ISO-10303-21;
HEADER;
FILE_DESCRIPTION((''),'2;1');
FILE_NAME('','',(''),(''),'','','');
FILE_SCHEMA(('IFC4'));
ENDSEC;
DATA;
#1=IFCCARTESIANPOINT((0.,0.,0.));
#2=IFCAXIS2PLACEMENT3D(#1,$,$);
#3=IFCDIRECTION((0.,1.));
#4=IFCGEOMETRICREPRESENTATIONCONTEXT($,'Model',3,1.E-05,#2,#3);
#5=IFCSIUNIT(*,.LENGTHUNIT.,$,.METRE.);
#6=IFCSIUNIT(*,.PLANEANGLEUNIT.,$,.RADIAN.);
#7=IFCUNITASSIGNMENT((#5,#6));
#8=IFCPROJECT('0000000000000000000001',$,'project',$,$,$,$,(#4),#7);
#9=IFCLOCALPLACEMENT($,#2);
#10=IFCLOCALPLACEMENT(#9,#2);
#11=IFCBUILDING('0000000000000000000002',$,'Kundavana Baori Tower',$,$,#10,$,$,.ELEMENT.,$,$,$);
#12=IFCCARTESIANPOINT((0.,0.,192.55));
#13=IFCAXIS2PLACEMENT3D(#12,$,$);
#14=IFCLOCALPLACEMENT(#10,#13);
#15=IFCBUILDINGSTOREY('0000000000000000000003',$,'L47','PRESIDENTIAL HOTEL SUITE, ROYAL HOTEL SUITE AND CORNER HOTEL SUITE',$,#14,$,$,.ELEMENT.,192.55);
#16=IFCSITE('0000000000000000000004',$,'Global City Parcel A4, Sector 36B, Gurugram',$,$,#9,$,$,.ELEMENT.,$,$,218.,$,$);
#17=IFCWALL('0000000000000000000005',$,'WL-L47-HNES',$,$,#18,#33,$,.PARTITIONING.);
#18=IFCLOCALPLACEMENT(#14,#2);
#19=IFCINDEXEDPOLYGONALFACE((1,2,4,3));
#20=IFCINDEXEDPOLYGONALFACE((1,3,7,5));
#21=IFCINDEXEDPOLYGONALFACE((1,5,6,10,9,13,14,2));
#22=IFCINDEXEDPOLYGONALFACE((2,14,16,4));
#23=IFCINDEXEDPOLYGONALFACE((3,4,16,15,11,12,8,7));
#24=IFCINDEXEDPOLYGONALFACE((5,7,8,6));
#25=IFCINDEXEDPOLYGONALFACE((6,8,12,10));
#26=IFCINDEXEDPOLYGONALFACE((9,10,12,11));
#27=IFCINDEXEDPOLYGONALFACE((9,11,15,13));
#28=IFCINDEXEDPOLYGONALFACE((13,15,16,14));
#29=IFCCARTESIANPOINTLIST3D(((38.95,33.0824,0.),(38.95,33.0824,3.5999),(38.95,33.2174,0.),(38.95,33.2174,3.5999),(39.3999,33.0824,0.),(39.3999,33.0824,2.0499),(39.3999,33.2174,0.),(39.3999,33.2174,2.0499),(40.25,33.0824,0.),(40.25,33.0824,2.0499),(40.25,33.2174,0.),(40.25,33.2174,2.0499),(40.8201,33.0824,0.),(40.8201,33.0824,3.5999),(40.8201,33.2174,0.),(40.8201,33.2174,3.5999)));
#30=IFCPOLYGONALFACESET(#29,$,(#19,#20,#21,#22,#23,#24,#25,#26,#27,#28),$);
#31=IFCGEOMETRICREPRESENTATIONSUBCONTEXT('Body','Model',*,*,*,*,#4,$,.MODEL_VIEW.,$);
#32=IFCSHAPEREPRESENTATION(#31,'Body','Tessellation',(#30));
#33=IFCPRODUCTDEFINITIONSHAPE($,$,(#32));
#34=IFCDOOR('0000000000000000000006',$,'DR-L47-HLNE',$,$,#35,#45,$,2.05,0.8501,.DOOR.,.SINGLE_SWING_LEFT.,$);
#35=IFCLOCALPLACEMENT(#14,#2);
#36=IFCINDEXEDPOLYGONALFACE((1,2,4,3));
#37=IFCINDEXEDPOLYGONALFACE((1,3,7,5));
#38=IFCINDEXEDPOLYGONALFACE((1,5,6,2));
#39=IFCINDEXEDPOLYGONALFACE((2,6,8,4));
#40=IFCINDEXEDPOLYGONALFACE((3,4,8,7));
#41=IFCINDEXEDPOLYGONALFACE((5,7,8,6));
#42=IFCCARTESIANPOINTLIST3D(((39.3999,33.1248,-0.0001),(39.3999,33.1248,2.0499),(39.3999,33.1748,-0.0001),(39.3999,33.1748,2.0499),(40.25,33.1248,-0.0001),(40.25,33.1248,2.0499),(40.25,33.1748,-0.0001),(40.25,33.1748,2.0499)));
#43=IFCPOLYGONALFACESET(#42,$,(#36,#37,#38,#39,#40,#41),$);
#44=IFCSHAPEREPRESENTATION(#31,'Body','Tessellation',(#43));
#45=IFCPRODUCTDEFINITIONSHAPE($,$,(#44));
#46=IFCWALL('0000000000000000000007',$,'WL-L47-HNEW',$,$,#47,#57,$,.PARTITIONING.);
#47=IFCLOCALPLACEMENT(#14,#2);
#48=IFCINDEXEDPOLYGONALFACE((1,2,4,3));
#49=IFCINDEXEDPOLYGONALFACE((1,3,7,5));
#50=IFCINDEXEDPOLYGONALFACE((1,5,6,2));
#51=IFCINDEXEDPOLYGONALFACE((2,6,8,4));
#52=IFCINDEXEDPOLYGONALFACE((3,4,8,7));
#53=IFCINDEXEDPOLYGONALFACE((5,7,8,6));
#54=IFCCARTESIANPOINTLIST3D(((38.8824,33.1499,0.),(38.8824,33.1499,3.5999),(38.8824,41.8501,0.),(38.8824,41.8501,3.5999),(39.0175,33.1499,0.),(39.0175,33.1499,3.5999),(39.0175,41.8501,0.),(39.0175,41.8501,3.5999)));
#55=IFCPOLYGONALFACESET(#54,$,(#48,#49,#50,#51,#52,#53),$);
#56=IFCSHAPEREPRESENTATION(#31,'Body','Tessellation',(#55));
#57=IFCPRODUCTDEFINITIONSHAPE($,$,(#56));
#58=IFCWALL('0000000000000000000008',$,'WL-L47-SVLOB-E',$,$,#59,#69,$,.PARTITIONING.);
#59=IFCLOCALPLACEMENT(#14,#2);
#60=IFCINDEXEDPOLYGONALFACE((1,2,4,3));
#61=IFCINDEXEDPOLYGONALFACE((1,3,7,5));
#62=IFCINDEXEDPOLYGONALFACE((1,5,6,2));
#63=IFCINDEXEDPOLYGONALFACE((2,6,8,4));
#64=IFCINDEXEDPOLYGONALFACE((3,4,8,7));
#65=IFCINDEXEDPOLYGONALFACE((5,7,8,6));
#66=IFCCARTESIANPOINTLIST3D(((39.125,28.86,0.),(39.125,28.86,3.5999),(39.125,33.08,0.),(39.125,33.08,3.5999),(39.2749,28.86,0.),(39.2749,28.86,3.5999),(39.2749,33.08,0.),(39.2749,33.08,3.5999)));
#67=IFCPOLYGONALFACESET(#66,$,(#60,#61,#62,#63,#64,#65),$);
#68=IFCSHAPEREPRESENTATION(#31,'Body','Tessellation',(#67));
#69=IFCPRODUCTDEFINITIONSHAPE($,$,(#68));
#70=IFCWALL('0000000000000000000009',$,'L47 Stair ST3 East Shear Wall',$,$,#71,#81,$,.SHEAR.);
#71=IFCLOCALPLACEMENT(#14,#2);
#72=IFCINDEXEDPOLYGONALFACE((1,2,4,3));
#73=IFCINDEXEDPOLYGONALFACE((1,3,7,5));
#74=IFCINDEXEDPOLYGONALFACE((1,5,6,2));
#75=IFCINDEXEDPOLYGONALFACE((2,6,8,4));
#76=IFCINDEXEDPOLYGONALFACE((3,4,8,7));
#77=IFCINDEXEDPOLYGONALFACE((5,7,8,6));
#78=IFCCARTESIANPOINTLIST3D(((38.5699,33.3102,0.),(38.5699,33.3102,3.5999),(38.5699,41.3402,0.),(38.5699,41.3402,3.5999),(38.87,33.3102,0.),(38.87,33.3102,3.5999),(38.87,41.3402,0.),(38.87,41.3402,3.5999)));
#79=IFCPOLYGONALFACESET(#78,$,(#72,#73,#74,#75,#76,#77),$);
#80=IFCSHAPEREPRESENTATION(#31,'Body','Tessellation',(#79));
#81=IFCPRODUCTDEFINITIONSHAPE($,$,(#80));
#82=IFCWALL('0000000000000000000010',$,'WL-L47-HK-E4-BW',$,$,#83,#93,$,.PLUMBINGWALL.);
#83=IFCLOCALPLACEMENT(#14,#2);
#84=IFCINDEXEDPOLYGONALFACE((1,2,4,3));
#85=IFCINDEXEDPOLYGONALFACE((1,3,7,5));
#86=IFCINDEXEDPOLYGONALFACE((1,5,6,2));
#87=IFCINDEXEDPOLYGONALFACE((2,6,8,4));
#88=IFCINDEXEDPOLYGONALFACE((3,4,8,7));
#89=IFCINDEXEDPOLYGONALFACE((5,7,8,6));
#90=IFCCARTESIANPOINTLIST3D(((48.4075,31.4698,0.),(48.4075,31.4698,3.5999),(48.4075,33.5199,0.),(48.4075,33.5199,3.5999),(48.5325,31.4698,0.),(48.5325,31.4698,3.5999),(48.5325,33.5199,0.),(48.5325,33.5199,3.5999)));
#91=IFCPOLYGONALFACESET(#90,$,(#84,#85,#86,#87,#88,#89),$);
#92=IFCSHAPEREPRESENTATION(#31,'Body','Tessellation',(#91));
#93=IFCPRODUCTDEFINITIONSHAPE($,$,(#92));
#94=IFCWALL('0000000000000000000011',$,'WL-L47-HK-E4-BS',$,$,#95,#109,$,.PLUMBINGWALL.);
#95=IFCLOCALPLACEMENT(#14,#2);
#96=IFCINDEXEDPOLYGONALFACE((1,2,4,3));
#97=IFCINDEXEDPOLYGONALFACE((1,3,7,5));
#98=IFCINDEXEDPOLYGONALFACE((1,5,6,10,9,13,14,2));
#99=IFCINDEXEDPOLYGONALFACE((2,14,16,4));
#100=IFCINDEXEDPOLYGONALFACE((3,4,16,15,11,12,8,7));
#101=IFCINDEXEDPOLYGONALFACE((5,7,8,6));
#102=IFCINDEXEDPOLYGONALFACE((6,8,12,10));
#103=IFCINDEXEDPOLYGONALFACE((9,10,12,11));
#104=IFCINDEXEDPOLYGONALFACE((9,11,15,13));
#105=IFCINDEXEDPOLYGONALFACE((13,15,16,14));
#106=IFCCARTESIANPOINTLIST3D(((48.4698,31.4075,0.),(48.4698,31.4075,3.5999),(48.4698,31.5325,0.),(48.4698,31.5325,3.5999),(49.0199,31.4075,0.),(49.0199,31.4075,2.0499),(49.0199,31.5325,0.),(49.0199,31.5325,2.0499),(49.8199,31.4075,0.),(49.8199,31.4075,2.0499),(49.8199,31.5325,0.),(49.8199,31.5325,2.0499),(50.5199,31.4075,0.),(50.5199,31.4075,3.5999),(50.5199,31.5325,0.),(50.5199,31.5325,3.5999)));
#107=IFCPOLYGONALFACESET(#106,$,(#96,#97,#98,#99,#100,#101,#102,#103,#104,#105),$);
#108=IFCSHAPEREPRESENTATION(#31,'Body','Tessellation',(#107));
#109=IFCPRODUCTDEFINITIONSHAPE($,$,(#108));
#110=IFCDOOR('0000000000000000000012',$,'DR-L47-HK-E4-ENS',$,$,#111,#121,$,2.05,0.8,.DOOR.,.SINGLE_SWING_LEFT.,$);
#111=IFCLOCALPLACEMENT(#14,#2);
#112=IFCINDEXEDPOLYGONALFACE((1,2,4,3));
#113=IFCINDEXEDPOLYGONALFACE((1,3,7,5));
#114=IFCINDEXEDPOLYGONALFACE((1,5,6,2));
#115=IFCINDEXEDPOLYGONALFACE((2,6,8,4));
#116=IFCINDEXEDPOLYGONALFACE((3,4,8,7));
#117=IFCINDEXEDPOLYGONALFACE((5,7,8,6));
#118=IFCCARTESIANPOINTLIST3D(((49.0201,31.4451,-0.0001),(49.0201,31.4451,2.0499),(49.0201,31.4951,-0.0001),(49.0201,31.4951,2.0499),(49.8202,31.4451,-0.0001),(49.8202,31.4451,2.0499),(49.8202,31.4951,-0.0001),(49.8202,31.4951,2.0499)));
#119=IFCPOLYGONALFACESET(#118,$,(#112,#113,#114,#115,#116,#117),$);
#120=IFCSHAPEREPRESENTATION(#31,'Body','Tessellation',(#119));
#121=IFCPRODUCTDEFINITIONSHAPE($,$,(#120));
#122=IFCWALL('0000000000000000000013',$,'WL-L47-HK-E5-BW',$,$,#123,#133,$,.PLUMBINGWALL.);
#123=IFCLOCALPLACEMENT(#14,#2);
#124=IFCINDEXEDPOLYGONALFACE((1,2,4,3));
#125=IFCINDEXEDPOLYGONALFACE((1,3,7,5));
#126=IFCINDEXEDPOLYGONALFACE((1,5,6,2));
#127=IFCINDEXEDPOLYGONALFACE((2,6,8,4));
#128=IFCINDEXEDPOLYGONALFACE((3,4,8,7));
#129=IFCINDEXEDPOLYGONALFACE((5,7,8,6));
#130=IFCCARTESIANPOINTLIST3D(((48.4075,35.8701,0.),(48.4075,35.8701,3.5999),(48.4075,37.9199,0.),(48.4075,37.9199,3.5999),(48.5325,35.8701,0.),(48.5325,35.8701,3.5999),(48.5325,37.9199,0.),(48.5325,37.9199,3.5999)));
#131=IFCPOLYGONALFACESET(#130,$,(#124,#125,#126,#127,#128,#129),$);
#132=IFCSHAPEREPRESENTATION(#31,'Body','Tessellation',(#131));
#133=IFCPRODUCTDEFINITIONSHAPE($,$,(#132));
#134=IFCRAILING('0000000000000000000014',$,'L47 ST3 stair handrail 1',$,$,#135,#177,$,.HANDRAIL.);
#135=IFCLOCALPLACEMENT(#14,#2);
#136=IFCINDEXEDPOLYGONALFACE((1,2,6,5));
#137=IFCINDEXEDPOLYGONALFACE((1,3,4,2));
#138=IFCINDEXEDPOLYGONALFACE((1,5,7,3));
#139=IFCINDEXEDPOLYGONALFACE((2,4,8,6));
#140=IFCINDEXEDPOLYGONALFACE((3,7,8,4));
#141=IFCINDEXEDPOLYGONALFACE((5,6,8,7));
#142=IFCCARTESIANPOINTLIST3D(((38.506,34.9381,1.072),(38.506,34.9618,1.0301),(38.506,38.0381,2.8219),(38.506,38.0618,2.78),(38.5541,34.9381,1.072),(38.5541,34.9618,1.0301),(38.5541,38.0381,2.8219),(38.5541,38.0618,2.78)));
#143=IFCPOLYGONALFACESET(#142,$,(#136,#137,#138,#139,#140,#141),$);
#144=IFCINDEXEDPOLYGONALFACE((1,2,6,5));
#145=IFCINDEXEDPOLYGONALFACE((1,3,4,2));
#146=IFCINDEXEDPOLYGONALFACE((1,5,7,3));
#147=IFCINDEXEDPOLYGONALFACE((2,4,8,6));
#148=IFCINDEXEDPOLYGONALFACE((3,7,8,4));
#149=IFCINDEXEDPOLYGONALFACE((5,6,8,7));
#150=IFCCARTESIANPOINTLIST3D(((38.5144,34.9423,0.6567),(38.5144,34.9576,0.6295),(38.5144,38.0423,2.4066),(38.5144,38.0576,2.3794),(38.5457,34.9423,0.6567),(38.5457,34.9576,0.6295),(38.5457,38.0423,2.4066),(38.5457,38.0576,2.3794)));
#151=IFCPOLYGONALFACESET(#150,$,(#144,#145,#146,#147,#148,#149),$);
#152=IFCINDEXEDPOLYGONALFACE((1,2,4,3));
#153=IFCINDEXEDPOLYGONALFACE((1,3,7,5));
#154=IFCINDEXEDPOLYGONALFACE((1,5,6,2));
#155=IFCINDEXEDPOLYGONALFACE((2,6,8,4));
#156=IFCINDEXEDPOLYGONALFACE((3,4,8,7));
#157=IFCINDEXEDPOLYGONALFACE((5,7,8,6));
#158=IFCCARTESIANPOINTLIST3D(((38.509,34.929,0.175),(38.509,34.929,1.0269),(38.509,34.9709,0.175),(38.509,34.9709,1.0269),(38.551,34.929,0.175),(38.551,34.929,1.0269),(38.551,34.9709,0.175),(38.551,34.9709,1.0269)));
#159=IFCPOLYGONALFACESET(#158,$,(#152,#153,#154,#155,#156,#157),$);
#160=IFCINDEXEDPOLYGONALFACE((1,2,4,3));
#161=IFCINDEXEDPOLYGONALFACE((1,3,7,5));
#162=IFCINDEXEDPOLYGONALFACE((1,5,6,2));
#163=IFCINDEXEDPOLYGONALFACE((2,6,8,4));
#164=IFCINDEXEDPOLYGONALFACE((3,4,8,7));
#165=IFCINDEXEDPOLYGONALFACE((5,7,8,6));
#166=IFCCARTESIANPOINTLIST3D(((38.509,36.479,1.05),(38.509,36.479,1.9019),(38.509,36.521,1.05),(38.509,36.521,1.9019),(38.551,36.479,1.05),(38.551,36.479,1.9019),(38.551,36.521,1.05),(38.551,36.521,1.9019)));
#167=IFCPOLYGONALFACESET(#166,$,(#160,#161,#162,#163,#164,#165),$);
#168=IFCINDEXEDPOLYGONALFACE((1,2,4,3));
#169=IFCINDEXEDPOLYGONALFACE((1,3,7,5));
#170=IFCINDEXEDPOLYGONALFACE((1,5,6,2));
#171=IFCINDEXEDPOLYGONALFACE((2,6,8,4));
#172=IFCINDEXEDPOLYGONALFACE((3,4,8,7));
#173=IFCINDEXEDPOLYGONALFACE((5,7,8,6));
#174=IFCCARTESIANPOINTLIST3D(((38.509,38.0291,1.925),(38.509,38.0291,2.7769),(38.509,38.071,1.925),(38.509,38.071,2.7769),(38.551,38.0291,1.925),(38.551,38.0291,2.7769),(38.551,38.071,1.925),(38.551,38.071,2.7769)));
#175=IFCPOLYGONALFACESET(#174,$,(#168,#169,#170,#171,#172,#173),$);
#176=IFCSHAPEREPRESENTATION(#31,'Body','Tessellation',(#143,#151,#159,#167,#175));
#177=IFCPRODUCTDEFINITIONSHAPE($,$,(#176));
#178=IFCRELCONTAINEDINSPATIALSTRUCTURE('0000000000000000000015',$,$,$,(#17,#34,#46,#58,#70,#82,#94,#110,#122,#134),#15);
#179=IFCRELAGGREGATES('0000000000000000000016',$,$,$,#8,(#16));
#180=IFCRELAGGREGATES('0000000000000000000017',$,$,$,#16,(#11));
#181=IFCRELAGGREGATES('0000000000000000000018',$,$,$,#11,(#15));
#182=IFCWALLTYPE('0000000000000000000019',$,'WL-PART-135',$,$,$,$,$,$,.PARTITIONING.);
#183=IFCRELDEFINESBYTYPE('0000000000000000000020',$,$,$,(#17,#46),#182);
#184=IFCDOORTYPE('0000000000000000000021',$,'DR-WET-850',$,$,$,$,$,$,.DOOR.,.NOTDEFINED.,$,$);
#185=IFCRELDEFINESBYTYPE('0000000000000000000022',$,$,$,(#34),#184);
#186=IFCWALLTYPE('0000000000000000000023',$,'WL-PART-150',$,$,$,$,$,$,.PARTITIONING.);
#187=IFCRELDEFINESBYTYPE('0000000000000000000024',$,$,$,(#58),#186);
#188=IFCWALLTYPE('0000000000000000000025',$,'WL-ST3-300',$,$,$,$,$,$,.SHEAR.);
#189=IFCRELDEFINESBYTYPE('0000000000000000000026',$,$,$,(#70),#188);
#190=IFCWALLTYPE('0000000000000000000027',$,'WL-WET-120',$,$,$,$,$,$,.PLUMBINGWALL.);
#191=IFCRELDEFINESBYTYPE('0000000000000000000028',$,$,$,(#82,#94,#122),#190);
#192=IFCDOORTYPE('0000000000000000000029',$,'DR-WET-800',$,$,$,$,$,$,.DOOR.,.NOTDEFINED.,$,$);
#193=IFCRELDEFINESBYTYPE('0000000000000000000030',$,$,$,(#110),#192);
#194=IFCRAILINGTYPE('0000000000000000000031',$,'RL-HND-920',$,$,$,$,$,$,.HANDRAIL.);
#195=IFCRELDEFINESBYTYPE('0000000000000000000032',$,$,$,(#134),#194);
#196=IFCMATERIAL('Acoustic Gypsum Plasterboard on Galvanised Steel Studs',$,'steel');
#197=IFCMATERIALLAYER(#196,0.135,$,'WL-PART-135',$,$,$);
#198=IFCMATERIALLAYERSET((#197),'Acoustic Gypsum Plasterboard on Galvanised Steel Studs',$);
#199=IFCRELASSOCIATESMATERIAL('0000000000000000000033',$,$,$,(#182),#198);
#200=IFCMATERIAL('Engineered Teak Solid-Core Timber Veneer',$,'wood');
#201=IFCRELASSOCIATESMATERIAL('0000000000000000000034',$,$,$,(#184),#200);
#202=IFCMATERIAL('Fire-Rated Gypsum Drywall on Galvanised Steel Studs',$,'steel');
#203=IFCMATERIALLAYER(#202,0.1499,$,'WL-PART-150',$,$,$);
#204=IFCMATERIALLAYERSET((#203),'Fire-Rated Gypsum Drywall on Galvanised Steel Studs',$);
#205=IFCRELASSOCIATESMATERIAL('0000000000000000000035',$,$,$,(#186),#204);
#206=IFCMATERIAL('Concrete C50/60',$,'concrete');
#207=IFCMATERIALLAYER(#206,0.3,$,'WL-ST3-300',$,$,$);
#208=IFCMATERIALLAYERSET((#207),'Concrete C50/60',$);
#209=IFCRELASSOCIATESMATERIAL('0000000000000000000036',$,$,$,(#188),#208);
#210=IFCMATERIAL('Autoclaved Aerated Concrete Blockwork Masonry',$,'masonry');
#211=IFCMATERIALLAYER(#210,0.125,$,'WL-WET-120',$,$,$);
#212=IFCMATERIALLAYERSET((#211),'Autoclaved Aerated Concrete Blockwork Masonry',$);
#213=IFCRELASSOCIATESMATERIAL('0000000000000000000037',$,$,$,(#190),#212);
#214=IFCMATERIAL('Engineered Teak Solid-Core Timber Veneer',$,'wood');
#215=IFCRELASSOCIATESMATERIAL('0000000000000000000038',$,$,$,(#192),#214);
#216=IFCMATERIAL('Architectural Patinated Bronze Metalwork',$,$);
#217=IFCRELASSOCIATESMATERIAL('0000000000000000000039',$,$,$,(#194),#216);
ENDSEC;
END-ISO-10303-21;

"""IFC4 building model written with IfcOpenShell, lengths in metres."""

from ifc_helpers import new_model, si_unit, direction, frame, frame_2d, origin, origin_2d, place, context, subcontext, project, spatial, rectangle, extrude, material, layer, layer_set, type_object, element, fill, save


model = new_model("IFC4")

# Units and contexts
model_context = context("Model", 3, precision=1e-05, world=origin(), true_north=direction((0.0, 1.0)))
body_context = subcontext(model_context, "Body", "Model", "MODEL_VIEW")
ifc_project = project(units=[si_unit("LENGTHUNIT", "METRE"), si_unit("PLANEANGLEUNIT", "RADIAN")], contexts=[model_context])

# Site, building, storey
site_placement = place(None, origin())
site = spatial("IfcSite", under=ifc_project, at=site_placement, Name="Global City Parcel A4, Sector 36B, Gurugram", CompositionType="ELEMENT", RefElevation=218.0)
building_placement = place(site_placement, origin())
building = spatial("IfcBuilding", under=site, at=building_placement, Name="Kundavana Baori Tower", CompositionType="ELEMENT")
storey_placement = place(building_placement, frame((0.0, 0.0, 192.55)))
storey = spatial("IfcBuildingStorey", under=building, at=storey_placement, Name="L47", Description="PRESIDENTIAL HOTEL SUITE, ROYAL HOTEL SUITE AND CORNER HOTEL SUITE", CompositionType="ELEMENT", Elevation=192.55)

# Shared definitions
ifc_material_1 = material(Name="Acoustic Gypsum Plasterboard on Galvanised Steel Studs", Category="steel")
ifc_layer_1 = layer(ifc_material_1, 0.135, Name="WL-PART-135")
ifc_layer_set_1 = layer_set([ifc_layer_1], Name="Acoustic Gypsum Plasterboard on Galvanised Steel Studs")
wall_type_1 = type_object("IfcWallType", Name="WL-PART-135", PredefinedType="PARTITIONING", material=ifc_layer_set_1)

# Wall, opening, door
wall_1_placement = place(storey_placement, frame((38.95, 33.1499, 0.0), z_axis=(0.0, 0.0, 1.0), x_axis=(1.0, 0.0, 0.0)))
wall_1 = element("IfcWall", 1, at=wall_1_placement, inside=storey, type_object=wall_type_1, Name="WL-L47-HNES", PredefinedType="PARTITIONING", context=body_context, shape_type="SweptSolid", body=[
    extrude(rectangle(XDim=1.8701, YDim=0.135, at=frame_2d((0.9351, 0.0))), origin(), (0.0, 0.0, 1.0), 3.5999),
])
opening_1_placement = place(wall_1_placement, frame((0.45, 0.0, 0.0)))
opening_1 = element("IfcOpeningElement", 2, at=opening_1_placement, cuts=wall_1, PredefinedType="OPENING", context=body_context, shape_type="SweptSolid", body=[
    extrude(rectangle(XDim=0.8501, YDim=2.05, at=frame_2d((0.425, 1.0249))), frame((0.0, 0.0776, 0.0), z_axis=(0.0, -1.0, 0.0), x_axis=(1.0, 0.0, 0.0)), (0.0, 0.0, 1.0), 0.155),
])
ifc_material_2 = material(Name="Engineered Teak Solid-Core Timber Veneer", Category="wood")
door_type_1 = type_object("IfcDoorType", Name="DR-WET-850", OperationType="NOTDEFINED", PredefinedType="DOOR", material=ifc_material_2)
door_1_placement = place(opening_1_placement, origin())
door_1 = element("IfcDoor", 3, at=door_1_placement, inside=storey, type_object=door_type_1, Name="DR-L47-HLNE", OperationType="SINGLE_SWING_LEFT", OverallHeight=2.05, OverallWidth=0.8501, PredefinedType="DOOR", context=body_context, shape_type="SweptSolid", body=[
    extrude(rectangle(XDim=0.8501, YDim=2.05, at=frame_2d((0.425, 1.0249))), frame((0.0, 0.0249, 0.0), z_axis=(0.0, -1.0, 0.0), x_axis=(1.0, 0.0, 0.0)), (0.0, 0.0, 1.0), 0.05),
])
fill(opening_1, door_1)

# Walls
wall_2_placement = place(storey_placement, frame((38.95, 33.1499, 0.0), z_axis=(0.0, 0.0, 1.0), x_axis=(0.0, 1.0, 0.0)))
element("IfcWall", 4, at=wall_2_placement, inside=storey, type_object=wall_type_1, Name="WL-L47-HNEW", PredefinedType="PARTITIONING", context=body_context, shape_type="SweptSolid", body=[
    extrude(rectangle(XDim=8.7002, YDim=0.135, at=frame_2d((4.3501, 0.0))), origin(), (0.0, 0.0, 1.0), 3.5999),
])
ifc_material_3 = material(Name="Fire-Rated Gypsum Drywall on Galvanised Steel Studs", Category="steel")
ifc_layer_2 = layer(ifc_material_3, 0.1499, Name="WL-PART-150")
ifc_layer_set_2 = layer_set([ifc_layer_2], Name="Fire-Rated Gypsum Drywall on Galvanised Steel Studs")
wall_type_2 = type_object("IfcWallType", Name="WL-PART-150", PredefinedType="PARTITIONING", material=ifc_layer_set_2)
wall_3_placement = place(storey_placement, frame((39.2, 28.8601, 0.0), z_axis=(0.0, 0.0, 1.0), x_axis=(0.0, 1.0, 0.0)))
element("IfcWall", 5, at=wall_3_placement, inside=storey, type_object=wall_type_2, Name="WL-L47-SVLOB-E", PredefinedType="PARTITIONING", context=body_context, shape_type="SweptSolid", body=[
    extrude(rectangle(XDim=4.22, YDim=0.1499, at=frame_2d((2.1099, 0.0))), origin(), (0.0, 0.0, 1.0), 3.5999),
])
ifc_material_4 = material(Name="Concrete C50/60", Category="concrete")
ifc_layer_3 = layer(ifc_material_4, 0.3, Name="WL-ST3-300")
ifc_layer_set_3 = layer_set([ifc_layer_3], Name="Concrete C50/60")
wall_type_3 = type_object("IfcWallType", Name="WL-ST3-300", PredefinedType="SHEAR", material=ifc_layer_set_3)
wall_4_placement = place(storey_placement, frame((38.72, 33.3101, 0.0), z_axis=(0.0, 0.0, 1.0), x_axis=(0.0, 1.0, 0.0)))
element("IfcWall", 6, at=wall_4_placement, inside=storey, type_object=wall_type_3, Name="L47 Stair ST3 East Shear Wall", PredefinedType="SHEAR", context=body_context, shape_type="SweptSolid", body=[
    extrude(rectangle(XDim=8.03, YDim=0.3, at=frame_2d((4.0151, 0.0))), origin(), (0.0, 0.0, 1.0), 3.5999),
])
ifc_material_5 = material(Name="Autoclaved Aerated Concrete Blockwork Masonry", Category="masonry")
ifc_layer_4 = layer(ifc_material_5, 0.125, Name="WL-WET-120")
ifc_layer_set_4 = layer_set([ifc_layer_4], Name="Autoclaved Aerated Concrete Blockwork Masonry")
wall_type_4 = type_object("IfcWallType", Name="WL-WET-120", PredefinedType="PLUMBINGWALL", material=ifc_layer_set_4)
wall_5_placement = place(storey_placement, frame((48.47, 31.47, 0.0), z_axis=(0.0, 0.0, 1.0), x_axis=(0.0, 1.0, 0.0)))
element("IfcWall", 7, at=wall_5_placement, inside=storey, type_object=wall_type_4, Name="WL-L47-HK-E4-BW", PredefinedType="PLUMBINGWALL", context=body_context, shape_type="SweptSolid", body=[
    extrude(rectangle(XDim=2.05, YDim=0.125, at=frame_2d((1.0249, 0.0))), origin(), (0.0, 0.0, 1.0), 3.5999),
])

# Wall, opening, door
wall_6_placement = place(storey_placement, frame((48.47, 31.47, 0.0), z_axis=(0.0, 0.0, 1.0), x_axis=(1.0, 0.0, 0.0)))
wall_6 = element("IfcWall", 8, at=wall_6_placement, inside=storey, type_object=wall_type_4, Name="WL-L47-HK-E4-BS", PredefinedType="PLUMBINGWALL", context=body_context, shape_type="SweptSolid", body=[
    extrude(rectangle(XDim=2.05, YDim=0.125, at=frame_2d((1.0249, 0.0))), origin(), (0.0, 0.0, 1.0), 3.5999),
])
opening_2_placement = place(wall_6_placement, frame((0.55, 0.0, 0.0)))
opening_2 = element("IfcOpeningElement", 9, at=opening_2_placement, cuts=wall_6, PredefinedType="OPENING", context=body_context, shape_type="SweptSolid", body=[
    extrude(rectangle(XDim=0.8, YDim=2.05, at=frame_2d((0.3999, 1.0249))), frame((0.0, 0.0725, 0.0), z_axis=(0.0, -1.0, 0.0), x_axis=(1.0, 0.0, 0.0)), (0.0, 0.0, 1.0), 0.145),
])
ifc_material_6 = material(Name="Engineered Teak Solid-Core Timber Veneer", Category="wood")
door_type_2 = type_object("IfcDoorType", Name="DR-WET-800", OperationType="NOTDEFINED", PredefinedType="DOOR", material=ifc_material_6)
door_2_placement = place(opening_2_placement, frame((0.8, 0.0, 0.0), z_axis=(0.0, 0.0, 1.0), x_axis=(-1.0, 0.0, 0.0)))
door_2 = element("IfcDoor", 10, at=door_2_placement, inside=storey, type_object=door_type_2, Name="DR-L47-HK-E4-ENS", OperationType="SINGLE_SWING_LEFT", OverallHeight=2.05, OverallWidth=0.8, PredefinedType="DOOR", context=body_context, shape_type="SweptSolid", body=[
    extrude(rectangle(XDim=0.8, YDim=2.05, at=frame_2d((0.3999, 1.0249))), frame((0.0, 0.0249, 0.0), z_axis=(0.0, -1.0, 0.0), x_axis=(1.0, 0.0, 0.0)), (0.0, 0.0, 1.0), 0.05),
])
fill(opening_2, door_2)

# Wall
wall_7_placement = place(storey_placement, frame((48.47, 35.8701, 0.0), z_axis=(0.0, 0.0, 1.0), x_axis=(0.0, 1.0, 0.0)))
element("IfcWall", 11, at=wall_7_placement, inside=storey, type_object=wall_type_4, Name="WL-L47-HK-E5-BW", PredefinedType="PLUMBINGWALL", context=body_context, shape_type="SweptSolid", body=[
    extrude(rectangle(XDim=2.0498, YDim=0.125, at=frame_2d((1.0249, 0.0))), origin(), (0.0, 0.0, 1.0), 3.5999),
])

# Railing
ifc_material_7 = material(Name="Architectural Patinated Bronze Metalwork")
railing_type = type_object("IfcRailingType", Name="RL-HND-920", PredefinedType="HANDRAIL", material=ifc_material_7)
railing_placement = place(storey_placement, frame((38.53, 34.95, 0.175)))
element("IfcRailing", 12, at=railing_placement, inside=storey, type_object=railing_type, Name="L47 ST3 stair handrail 1", PredefinedType="HANDRAIL", context=body_context, shape_type="SweptSolid", body=[
    extrude(rectangle(XDim=0.0481, YDim=0.0481, at=origin_2d()), frame((0.0, 0.0, 0.876), z_axis=(0.0, 0.870831, 0.491583), x_axis=(-1.0, 0.0, 0.0)), (0.0, 0.0, 1.0), 3.5598),
    extrude(rectangle(XDim=0.0312, YDim=0.0312, at=origin_2d()), frame((0.0, 0.0, 0.468), z_axis=(0.0, 0.870831, 0.491583), x_axis=(-1.0, 0.0, 0.0)), (0.0, 0.0, 1.0), 3.5598),
    extrude(rectangle(XDim=0.042, YDim=0.042, at=origin_2d()), origin(), (0.0, 0.0, 1.0), 0.8518),
    extrude(rectangle(XDim=0.042, YDim=0.042, at=origin_2d()), frame((0.0, 1.55, 0.875)), (0.0, 0.0, 1.0), 0.8518),
    extrude(rectangle(XDim=0.042, YDim=0.042, at=origin_2d()), frame((0.0, 3.1001, 1.75)), (0.0, 0.0, 1.0), 0.8518),
])

save(model, "model.ifc")
